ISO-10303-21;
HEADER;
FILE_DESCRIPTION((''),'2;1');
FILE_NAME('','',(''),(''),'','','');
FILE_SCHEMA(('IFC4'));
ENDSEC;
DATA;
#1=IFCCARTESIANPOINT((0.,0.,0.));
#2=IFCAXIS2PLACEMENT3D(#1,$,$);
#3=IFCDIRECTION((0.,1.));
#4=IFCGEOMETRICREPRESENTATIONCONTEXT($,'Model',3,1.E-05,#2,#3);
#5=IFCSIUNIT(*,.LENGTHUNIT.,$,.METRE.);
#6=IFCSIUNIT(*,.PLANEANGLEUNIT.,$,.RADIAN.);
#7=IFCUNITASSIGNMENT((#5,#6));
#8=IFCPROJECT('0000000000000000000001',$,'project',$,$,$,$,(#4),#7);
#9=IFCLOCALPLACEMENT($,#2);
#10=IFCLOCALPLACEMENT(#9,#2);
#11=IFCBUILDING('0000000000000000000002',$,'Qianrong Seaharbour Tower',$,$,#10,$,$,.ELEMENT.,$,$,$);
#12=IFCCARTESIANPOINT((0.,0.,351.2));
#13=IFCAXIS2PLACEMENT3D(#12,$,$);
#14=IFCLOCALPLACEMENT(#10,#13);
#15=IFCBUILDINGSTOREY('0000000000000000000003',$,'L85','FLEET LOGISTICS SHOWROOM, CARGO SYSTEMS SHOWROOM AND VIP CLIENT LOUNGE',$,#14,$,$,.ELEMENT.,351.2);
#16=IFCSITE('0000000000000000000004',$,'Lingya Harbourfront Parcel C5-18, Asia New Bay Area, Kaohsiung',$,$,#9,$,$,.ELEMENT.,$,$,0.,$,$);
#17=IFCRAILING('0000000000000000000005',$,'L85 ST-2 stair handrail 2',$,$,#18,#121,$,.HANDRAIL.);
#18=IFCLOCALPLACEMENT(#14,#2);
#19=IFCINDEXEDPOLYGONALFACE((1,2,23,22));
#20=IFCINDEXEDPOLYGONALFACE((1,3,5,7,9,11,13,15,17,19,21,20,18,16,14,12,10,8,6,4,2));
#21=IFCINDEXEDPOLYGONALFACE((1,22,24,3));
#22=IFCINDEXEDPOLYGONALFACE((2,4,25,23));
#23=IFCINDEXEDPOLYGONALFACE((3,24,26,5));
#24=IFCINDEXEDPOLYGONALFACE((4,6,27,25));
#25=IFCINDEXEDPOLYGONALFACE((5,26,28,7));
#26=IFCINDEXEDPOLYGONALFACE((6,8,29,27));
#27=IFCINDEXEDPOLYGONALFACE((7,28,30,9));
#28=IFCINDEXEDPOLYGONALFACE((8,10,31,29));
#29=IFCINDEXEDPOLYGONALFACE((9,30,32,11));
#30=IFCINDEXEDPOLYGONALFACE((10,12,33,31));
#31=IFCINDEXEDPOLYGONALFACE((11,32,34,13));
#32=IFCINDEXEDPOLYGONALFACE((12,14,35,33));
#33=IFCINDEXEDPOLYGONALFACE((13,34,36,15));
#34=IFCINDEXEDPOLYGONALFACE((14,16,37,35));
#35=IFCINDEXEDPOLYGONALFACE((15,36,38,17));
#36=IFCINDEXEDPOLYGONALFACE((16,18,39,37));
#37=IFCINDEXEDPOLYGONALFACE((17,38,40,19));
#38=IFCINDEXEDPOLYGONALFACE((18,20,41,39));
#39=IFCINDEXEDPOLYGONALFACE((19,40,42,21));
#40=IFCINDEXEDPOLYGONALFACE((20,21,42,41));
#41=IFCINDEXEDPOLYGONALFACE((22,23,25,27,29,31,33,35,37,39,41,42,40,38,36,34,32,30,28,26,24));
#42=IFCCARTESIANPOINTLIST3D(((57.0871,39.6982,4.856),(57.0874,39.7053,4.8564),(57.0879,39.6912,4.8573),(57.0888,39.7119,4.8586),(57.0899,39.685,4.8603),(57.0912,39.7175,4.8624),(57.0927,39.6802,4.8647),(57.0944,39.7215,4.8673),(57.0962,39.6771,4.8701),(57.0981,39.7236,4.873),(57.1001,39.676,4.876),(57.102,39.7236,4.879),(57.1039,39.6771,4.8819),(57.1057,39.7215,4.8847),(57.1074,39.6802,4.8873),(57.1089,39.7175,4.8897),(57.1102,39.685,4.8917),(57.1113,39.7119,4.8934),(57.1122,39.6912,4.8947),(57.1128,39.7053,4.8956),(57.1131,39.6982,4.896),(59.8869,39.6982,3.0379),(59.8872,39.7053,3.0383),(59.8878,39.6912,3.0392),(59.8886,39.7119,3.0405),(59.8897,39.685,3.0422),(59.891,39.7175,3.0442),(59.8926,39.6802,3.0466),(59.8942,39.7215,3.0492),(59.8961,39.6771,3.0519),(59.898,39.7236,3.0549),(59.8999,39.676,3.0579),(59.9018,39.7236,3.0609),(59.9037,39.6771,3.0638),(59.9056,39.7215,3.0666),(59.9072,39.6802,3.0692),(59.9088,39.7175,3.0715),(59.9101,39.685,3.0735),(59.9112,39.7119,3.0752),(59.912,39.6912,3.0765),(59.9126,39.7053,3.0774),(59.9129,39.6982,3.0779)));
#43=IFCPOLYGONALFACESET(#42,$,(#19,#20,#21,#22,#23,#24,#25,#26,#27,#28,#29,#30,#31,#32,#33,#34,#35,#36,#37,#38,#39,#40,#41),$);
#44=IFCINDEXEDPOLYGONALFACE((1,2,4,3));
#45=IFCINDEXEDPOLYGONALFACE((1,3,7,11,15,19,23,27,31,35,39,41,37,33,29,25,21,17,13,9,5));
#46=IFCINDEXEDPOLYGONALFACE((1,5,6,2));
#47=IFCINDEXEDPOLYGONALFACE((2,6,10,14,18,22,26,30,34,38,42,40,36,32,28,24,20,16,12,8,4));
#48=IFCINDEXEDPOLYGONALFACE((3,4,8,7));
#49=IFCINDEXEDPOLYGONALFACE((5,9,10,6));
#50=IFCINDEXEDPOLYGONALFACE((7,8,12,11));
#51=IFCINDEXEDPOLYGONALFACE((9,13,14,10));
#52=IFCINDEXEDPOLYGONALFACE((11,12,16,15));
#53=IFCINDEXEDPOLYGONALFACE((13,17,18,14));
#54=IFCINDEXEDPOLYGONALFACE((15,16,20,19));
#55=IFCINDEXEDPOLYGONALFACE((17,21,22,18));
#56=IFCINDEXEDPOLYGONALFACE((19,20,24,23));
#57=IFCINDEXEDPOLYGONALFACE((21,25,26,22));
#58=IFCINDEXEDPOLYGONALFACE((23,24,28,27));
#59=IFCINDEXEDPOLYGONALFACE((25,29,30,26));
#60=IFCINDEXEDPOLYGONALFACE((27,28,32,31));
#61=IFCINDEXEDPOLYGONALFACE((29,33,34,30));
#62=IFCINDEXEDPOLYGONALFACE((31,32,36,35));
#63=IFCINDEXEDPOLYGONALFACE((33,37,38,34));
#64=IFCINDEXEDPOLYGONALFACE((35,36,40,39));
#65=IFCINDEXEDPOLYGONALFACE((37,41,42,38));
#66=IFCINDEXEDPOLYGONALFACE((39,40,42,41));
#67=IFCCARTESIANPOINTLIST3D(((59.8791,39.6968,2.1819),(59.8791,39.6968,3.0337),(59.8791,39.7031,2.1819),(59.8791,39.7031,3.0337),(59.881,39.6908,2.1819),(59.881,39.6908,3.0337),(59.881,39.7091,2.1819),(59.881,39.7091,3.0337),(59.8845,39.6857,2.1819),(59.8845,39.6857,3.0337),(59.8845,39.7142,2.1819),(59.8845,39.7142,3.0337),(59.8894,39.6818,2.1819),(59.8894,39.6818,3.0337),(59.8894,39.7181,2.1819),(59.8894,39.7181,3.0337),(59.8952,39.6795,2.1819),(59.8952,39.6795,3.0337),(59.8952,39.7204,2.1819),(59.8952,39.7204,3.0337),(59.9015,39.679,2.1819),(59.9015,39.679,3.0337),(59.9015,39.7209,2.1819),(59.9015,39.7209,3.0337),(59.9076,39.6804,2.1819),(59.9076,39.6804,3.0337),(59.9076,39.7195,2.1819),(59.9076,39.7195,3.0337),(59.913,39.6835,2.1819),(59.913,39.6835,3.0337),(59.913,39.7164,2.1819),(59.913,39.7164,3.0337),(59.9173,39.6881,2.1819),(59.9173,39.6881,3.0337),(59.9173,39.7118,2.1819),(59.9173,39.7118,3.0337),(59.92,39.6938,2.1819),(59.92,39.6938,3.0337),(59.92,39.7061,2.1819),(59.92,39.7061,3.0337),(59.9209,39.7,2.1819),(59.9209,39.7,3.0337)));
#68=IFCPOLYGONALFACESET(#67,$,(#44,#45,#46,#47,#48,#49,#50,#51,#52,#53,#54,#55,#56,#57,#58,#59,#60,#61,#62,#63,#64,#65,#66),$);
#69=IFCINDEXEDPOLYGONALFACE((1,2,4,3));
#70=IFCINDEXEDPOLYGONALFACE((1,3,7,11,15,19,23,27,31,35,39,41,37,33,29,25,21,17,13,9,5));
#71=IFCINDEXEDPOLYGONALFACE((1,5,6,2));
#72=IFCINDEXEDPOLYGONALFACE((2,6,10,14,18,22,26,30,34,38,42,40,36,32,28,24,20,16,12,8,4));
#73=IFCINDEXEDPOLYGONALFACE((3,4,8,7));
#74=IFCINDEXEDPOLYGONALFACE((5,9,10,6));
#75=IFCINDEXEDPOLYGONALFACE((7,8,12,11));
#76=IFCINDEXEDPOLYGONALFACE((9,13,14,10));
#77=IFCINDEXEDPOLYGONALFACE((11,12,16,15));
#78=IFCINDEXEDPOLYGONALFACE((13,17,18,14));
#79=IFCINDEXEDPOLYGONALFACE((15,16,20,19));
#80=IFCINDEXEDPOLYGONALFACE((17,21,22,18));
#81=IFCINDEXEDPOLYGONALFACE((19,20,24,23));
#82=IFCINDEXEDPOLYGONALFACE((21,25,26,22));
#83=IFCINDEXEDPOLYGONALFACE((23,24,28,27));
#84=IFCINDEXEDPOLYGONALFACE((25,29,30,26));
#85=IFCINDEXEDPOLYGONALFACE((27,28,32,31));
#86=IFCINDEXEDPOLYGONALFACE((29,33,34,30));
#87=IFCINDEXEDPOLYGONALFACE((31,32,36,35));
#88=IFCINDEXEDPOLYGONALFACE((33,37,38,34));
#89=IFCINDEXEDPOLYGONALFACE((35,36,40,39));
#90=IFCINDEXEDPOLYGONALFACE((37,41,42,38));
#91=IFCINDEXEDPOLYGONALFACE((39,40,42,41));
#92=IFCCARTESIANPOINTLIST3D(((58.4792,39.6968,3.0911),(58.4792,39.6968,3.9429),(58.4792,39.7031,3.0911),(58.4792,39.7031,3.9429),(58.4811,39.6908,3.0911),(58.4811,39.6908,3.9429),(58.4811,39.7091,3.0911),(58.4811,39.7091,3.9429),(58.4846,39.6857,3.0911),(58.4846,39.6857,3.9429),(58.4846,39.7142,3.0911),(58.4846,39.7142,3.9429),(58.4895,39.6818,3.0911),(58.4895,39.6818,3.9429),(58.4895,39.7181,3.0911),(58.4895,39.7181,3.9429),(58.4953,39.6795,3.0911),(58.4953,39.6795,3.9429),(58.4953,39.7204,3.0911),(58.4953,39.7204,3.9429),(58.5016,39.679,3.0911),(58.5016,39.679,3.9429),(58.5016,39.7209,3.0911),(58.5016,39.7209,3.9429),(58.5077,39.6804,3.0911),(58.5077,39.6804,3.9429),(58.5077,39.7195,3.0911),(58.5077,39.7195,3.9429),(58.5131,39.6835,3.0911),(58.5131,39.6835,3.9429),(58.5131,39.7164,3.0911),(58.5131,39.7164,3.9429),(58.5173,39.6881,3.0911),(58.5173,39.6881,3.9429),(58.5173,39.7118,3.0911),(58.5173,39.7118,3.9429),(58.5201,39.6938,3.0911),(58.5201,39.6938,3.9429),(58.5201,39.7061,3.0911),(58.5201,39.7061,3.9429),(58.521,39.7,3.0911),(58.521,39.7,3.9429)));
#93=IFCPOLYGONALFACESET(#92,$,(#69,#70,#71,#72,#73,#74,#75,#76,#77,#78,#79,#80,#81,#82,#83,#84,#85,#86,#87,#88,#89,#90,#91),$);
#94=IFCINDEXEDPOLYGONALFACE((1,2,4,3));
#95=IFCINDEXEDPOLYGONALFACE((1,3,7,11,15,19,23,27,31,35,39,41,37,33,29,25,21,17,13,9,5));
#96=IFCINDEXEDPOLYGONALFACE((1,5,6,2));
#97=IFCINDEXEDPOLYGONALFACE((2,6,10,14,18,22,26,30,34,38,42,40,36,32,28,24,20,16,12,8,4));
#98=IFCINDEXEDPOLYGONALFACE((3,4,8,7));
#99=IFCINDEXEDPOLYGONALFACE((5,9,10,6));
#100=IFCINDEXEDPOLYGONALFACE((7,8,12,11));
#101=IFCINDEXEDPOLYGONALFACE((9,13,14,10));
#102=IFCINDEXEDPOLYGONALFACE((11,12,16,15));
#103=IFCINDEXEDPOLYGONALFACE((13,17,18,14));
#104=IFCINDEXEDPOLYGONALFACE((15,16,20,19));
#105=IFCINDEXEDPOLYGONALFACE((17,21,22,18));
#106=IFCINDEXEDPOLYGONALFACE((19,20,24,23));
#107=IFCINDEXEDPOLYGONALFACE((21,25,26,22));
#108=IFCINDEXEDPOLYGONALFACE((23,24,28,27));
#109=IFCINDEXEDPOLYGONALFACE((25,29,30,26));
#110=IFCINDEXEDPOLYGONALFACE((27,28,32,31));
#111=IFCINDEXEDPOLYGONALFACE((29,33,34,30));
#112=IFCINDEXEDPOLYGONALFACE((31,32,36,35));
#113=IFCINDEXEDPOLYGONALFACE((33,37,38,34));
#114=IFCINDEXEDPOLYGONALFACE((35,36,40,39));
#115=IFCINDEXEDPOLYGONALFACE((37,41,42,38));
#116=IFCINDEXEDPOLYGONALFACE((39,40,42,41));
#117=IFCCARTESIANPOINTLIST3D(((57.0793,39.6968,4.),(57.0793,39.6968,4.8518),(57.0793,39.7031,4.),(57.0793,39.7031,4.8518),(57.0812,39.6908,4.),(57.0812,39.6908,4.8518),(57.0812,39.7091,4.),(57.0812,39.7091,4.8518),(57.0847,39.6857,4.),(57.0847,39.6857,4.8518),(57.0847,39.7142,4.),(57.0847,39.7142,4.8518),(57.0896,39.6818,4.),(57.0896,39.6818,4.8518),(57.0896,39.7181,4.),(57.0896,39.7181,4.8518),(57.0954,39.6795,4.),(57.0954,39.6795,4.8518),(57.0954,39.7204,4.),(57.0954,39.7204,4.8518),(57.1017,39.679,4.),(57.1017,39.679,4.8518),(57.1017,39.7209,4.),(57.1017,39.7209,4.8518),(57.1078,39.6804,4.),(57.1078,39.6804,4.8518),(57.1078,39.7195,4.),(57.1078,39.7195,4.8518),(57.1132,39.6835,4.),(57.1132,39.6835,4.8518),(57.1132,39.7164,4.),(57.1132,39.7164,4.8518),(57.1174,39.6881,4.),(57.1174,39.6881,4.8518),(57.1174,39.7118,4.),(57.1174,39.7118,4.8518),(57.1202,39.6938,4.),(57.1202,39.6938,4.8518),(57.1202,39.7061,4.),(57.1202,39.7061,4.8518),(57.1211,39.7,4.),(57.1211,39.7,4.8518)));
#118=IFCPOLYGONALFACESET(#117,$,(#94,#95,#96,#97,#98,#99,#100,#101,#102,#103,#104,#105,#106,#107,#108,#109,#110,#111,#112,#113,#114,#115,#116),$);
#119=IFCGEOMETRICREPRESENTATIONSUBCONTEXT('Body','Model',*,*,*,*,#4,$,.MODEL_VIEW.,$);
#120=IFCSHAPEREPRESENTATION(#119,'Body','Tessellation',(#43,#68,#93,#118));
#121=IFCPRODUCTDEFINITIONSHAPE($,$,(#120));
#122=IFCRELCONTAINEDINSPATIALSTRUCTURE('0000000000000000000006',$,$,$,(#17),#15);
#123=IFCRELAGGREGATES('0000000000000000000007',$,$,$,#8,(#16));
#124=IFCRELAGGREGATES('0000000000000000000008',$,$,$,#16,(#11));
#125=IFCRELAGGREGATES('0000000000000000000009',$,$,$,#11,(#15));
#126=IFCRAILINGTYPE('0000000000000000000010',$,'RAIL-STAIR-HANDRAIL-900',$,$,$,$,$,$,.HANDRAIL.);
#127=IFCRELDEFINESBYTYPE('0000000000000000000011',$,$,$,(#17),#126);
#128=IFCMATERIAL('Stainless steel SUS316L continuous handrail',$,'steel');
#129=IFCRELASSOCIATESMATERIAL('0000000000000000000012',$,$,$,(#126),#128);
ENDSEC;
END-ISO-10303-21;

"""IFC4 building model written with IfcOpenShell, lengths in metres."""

from ifc_helpers import new_model, si_unit, direction, frame, origin, origin_2d, place, context, subcontext, project, spatial, circle, extrude, material, type_object, element, save


model = new_model("IFC4")

# Units and contexts
model_context = context("Model", 3, precision=1e-05, world=origin(), true_north=direction((0.0, 1.0)))
body_context = subcontext(model_context, "Body", "Model", "MODEL_VIEW")
ifc_project = project(units=[si_unit("LENGTHUNIT", "METRE"), si_unit("PLANEANGLEUNIT", "RADIAN")], contexts=[model_context])

# Site, building, storey
site_placement = place(None, origin())
site = spatial("IfcSite", under=ifc_project, at=site_placement, Name="Lingya Harbourfront Parcel C5-18, Asia New Bay Area, Kaohsiung", CompositionType="ELEMENT", RefElevation=0.0)
building_placement = place(site_placement, origin())
building = spatial("IfcBuilding", under=site, at=building_placement, Name="Qianrong Seaharbour Tower", CompositionType="ELEMENT")
storey_placement = place(building_placement, frame((0.0, 0.0, 351.2)))
storey = spatial("IfcBuildingStorey", under=building, at=storey_placement, Name="L85", Description="FLEET LOGISTICS SHOWROOM, CARGO SYSTEMS SHOWROOM AND VIP CLIENT LOUNGE", CompositionType="ELEMENT", Elevation=351.2)

# Railing
ifc_material_1 = material(Name="Stainless steel SUS316L continuous handrail", Category="steel")
railing_type_1 = type_object("IfcRailingType", Name="RAIL-STAIR-HANDRAIL-900", PredefinedType="HANDRAIL", material=ifc_material_1)
railing_1_placement = place(storey_placement, frame((59.8999, 39.7, 2.1819)))
element("IfcRailing", 1, at=railing_1_placement, inside=storey, type_object=railing_type_1, Name="L85 ST-2 stair handrail 2", PredefinedType="HANDRAIL", context=body_context, shape_type="SweptSolid", body=[
    extrude(circle(Radius=0.0239, at=origin_2d()), frame((0.0, 0.0, 0.876), z_axis=(-0.838684, 0.0, 0.544618), x_axis=(0.0, -1.0, 0.0)), (0.0, 0.0, 1.0), 3.3384),
    extrude(circle(Radius=0.021, at=origin_2d()), origin(), (0.0, 0.0, 1.0), 0.8518),
    extrude(circle(Radius=0.021, at=origin_2d()), frame((-1.3999, 0.0, 0.9092)), (0.0, 0.0, 1.0), 0.8518),
    extrude(circle(Radius=0.021, at=origin_2d()), frame((-2.7998, 0.0, 1.8181)), (0.0, 0.0, 1.0), 0.8518),
])

save(model, "model.ifc")
